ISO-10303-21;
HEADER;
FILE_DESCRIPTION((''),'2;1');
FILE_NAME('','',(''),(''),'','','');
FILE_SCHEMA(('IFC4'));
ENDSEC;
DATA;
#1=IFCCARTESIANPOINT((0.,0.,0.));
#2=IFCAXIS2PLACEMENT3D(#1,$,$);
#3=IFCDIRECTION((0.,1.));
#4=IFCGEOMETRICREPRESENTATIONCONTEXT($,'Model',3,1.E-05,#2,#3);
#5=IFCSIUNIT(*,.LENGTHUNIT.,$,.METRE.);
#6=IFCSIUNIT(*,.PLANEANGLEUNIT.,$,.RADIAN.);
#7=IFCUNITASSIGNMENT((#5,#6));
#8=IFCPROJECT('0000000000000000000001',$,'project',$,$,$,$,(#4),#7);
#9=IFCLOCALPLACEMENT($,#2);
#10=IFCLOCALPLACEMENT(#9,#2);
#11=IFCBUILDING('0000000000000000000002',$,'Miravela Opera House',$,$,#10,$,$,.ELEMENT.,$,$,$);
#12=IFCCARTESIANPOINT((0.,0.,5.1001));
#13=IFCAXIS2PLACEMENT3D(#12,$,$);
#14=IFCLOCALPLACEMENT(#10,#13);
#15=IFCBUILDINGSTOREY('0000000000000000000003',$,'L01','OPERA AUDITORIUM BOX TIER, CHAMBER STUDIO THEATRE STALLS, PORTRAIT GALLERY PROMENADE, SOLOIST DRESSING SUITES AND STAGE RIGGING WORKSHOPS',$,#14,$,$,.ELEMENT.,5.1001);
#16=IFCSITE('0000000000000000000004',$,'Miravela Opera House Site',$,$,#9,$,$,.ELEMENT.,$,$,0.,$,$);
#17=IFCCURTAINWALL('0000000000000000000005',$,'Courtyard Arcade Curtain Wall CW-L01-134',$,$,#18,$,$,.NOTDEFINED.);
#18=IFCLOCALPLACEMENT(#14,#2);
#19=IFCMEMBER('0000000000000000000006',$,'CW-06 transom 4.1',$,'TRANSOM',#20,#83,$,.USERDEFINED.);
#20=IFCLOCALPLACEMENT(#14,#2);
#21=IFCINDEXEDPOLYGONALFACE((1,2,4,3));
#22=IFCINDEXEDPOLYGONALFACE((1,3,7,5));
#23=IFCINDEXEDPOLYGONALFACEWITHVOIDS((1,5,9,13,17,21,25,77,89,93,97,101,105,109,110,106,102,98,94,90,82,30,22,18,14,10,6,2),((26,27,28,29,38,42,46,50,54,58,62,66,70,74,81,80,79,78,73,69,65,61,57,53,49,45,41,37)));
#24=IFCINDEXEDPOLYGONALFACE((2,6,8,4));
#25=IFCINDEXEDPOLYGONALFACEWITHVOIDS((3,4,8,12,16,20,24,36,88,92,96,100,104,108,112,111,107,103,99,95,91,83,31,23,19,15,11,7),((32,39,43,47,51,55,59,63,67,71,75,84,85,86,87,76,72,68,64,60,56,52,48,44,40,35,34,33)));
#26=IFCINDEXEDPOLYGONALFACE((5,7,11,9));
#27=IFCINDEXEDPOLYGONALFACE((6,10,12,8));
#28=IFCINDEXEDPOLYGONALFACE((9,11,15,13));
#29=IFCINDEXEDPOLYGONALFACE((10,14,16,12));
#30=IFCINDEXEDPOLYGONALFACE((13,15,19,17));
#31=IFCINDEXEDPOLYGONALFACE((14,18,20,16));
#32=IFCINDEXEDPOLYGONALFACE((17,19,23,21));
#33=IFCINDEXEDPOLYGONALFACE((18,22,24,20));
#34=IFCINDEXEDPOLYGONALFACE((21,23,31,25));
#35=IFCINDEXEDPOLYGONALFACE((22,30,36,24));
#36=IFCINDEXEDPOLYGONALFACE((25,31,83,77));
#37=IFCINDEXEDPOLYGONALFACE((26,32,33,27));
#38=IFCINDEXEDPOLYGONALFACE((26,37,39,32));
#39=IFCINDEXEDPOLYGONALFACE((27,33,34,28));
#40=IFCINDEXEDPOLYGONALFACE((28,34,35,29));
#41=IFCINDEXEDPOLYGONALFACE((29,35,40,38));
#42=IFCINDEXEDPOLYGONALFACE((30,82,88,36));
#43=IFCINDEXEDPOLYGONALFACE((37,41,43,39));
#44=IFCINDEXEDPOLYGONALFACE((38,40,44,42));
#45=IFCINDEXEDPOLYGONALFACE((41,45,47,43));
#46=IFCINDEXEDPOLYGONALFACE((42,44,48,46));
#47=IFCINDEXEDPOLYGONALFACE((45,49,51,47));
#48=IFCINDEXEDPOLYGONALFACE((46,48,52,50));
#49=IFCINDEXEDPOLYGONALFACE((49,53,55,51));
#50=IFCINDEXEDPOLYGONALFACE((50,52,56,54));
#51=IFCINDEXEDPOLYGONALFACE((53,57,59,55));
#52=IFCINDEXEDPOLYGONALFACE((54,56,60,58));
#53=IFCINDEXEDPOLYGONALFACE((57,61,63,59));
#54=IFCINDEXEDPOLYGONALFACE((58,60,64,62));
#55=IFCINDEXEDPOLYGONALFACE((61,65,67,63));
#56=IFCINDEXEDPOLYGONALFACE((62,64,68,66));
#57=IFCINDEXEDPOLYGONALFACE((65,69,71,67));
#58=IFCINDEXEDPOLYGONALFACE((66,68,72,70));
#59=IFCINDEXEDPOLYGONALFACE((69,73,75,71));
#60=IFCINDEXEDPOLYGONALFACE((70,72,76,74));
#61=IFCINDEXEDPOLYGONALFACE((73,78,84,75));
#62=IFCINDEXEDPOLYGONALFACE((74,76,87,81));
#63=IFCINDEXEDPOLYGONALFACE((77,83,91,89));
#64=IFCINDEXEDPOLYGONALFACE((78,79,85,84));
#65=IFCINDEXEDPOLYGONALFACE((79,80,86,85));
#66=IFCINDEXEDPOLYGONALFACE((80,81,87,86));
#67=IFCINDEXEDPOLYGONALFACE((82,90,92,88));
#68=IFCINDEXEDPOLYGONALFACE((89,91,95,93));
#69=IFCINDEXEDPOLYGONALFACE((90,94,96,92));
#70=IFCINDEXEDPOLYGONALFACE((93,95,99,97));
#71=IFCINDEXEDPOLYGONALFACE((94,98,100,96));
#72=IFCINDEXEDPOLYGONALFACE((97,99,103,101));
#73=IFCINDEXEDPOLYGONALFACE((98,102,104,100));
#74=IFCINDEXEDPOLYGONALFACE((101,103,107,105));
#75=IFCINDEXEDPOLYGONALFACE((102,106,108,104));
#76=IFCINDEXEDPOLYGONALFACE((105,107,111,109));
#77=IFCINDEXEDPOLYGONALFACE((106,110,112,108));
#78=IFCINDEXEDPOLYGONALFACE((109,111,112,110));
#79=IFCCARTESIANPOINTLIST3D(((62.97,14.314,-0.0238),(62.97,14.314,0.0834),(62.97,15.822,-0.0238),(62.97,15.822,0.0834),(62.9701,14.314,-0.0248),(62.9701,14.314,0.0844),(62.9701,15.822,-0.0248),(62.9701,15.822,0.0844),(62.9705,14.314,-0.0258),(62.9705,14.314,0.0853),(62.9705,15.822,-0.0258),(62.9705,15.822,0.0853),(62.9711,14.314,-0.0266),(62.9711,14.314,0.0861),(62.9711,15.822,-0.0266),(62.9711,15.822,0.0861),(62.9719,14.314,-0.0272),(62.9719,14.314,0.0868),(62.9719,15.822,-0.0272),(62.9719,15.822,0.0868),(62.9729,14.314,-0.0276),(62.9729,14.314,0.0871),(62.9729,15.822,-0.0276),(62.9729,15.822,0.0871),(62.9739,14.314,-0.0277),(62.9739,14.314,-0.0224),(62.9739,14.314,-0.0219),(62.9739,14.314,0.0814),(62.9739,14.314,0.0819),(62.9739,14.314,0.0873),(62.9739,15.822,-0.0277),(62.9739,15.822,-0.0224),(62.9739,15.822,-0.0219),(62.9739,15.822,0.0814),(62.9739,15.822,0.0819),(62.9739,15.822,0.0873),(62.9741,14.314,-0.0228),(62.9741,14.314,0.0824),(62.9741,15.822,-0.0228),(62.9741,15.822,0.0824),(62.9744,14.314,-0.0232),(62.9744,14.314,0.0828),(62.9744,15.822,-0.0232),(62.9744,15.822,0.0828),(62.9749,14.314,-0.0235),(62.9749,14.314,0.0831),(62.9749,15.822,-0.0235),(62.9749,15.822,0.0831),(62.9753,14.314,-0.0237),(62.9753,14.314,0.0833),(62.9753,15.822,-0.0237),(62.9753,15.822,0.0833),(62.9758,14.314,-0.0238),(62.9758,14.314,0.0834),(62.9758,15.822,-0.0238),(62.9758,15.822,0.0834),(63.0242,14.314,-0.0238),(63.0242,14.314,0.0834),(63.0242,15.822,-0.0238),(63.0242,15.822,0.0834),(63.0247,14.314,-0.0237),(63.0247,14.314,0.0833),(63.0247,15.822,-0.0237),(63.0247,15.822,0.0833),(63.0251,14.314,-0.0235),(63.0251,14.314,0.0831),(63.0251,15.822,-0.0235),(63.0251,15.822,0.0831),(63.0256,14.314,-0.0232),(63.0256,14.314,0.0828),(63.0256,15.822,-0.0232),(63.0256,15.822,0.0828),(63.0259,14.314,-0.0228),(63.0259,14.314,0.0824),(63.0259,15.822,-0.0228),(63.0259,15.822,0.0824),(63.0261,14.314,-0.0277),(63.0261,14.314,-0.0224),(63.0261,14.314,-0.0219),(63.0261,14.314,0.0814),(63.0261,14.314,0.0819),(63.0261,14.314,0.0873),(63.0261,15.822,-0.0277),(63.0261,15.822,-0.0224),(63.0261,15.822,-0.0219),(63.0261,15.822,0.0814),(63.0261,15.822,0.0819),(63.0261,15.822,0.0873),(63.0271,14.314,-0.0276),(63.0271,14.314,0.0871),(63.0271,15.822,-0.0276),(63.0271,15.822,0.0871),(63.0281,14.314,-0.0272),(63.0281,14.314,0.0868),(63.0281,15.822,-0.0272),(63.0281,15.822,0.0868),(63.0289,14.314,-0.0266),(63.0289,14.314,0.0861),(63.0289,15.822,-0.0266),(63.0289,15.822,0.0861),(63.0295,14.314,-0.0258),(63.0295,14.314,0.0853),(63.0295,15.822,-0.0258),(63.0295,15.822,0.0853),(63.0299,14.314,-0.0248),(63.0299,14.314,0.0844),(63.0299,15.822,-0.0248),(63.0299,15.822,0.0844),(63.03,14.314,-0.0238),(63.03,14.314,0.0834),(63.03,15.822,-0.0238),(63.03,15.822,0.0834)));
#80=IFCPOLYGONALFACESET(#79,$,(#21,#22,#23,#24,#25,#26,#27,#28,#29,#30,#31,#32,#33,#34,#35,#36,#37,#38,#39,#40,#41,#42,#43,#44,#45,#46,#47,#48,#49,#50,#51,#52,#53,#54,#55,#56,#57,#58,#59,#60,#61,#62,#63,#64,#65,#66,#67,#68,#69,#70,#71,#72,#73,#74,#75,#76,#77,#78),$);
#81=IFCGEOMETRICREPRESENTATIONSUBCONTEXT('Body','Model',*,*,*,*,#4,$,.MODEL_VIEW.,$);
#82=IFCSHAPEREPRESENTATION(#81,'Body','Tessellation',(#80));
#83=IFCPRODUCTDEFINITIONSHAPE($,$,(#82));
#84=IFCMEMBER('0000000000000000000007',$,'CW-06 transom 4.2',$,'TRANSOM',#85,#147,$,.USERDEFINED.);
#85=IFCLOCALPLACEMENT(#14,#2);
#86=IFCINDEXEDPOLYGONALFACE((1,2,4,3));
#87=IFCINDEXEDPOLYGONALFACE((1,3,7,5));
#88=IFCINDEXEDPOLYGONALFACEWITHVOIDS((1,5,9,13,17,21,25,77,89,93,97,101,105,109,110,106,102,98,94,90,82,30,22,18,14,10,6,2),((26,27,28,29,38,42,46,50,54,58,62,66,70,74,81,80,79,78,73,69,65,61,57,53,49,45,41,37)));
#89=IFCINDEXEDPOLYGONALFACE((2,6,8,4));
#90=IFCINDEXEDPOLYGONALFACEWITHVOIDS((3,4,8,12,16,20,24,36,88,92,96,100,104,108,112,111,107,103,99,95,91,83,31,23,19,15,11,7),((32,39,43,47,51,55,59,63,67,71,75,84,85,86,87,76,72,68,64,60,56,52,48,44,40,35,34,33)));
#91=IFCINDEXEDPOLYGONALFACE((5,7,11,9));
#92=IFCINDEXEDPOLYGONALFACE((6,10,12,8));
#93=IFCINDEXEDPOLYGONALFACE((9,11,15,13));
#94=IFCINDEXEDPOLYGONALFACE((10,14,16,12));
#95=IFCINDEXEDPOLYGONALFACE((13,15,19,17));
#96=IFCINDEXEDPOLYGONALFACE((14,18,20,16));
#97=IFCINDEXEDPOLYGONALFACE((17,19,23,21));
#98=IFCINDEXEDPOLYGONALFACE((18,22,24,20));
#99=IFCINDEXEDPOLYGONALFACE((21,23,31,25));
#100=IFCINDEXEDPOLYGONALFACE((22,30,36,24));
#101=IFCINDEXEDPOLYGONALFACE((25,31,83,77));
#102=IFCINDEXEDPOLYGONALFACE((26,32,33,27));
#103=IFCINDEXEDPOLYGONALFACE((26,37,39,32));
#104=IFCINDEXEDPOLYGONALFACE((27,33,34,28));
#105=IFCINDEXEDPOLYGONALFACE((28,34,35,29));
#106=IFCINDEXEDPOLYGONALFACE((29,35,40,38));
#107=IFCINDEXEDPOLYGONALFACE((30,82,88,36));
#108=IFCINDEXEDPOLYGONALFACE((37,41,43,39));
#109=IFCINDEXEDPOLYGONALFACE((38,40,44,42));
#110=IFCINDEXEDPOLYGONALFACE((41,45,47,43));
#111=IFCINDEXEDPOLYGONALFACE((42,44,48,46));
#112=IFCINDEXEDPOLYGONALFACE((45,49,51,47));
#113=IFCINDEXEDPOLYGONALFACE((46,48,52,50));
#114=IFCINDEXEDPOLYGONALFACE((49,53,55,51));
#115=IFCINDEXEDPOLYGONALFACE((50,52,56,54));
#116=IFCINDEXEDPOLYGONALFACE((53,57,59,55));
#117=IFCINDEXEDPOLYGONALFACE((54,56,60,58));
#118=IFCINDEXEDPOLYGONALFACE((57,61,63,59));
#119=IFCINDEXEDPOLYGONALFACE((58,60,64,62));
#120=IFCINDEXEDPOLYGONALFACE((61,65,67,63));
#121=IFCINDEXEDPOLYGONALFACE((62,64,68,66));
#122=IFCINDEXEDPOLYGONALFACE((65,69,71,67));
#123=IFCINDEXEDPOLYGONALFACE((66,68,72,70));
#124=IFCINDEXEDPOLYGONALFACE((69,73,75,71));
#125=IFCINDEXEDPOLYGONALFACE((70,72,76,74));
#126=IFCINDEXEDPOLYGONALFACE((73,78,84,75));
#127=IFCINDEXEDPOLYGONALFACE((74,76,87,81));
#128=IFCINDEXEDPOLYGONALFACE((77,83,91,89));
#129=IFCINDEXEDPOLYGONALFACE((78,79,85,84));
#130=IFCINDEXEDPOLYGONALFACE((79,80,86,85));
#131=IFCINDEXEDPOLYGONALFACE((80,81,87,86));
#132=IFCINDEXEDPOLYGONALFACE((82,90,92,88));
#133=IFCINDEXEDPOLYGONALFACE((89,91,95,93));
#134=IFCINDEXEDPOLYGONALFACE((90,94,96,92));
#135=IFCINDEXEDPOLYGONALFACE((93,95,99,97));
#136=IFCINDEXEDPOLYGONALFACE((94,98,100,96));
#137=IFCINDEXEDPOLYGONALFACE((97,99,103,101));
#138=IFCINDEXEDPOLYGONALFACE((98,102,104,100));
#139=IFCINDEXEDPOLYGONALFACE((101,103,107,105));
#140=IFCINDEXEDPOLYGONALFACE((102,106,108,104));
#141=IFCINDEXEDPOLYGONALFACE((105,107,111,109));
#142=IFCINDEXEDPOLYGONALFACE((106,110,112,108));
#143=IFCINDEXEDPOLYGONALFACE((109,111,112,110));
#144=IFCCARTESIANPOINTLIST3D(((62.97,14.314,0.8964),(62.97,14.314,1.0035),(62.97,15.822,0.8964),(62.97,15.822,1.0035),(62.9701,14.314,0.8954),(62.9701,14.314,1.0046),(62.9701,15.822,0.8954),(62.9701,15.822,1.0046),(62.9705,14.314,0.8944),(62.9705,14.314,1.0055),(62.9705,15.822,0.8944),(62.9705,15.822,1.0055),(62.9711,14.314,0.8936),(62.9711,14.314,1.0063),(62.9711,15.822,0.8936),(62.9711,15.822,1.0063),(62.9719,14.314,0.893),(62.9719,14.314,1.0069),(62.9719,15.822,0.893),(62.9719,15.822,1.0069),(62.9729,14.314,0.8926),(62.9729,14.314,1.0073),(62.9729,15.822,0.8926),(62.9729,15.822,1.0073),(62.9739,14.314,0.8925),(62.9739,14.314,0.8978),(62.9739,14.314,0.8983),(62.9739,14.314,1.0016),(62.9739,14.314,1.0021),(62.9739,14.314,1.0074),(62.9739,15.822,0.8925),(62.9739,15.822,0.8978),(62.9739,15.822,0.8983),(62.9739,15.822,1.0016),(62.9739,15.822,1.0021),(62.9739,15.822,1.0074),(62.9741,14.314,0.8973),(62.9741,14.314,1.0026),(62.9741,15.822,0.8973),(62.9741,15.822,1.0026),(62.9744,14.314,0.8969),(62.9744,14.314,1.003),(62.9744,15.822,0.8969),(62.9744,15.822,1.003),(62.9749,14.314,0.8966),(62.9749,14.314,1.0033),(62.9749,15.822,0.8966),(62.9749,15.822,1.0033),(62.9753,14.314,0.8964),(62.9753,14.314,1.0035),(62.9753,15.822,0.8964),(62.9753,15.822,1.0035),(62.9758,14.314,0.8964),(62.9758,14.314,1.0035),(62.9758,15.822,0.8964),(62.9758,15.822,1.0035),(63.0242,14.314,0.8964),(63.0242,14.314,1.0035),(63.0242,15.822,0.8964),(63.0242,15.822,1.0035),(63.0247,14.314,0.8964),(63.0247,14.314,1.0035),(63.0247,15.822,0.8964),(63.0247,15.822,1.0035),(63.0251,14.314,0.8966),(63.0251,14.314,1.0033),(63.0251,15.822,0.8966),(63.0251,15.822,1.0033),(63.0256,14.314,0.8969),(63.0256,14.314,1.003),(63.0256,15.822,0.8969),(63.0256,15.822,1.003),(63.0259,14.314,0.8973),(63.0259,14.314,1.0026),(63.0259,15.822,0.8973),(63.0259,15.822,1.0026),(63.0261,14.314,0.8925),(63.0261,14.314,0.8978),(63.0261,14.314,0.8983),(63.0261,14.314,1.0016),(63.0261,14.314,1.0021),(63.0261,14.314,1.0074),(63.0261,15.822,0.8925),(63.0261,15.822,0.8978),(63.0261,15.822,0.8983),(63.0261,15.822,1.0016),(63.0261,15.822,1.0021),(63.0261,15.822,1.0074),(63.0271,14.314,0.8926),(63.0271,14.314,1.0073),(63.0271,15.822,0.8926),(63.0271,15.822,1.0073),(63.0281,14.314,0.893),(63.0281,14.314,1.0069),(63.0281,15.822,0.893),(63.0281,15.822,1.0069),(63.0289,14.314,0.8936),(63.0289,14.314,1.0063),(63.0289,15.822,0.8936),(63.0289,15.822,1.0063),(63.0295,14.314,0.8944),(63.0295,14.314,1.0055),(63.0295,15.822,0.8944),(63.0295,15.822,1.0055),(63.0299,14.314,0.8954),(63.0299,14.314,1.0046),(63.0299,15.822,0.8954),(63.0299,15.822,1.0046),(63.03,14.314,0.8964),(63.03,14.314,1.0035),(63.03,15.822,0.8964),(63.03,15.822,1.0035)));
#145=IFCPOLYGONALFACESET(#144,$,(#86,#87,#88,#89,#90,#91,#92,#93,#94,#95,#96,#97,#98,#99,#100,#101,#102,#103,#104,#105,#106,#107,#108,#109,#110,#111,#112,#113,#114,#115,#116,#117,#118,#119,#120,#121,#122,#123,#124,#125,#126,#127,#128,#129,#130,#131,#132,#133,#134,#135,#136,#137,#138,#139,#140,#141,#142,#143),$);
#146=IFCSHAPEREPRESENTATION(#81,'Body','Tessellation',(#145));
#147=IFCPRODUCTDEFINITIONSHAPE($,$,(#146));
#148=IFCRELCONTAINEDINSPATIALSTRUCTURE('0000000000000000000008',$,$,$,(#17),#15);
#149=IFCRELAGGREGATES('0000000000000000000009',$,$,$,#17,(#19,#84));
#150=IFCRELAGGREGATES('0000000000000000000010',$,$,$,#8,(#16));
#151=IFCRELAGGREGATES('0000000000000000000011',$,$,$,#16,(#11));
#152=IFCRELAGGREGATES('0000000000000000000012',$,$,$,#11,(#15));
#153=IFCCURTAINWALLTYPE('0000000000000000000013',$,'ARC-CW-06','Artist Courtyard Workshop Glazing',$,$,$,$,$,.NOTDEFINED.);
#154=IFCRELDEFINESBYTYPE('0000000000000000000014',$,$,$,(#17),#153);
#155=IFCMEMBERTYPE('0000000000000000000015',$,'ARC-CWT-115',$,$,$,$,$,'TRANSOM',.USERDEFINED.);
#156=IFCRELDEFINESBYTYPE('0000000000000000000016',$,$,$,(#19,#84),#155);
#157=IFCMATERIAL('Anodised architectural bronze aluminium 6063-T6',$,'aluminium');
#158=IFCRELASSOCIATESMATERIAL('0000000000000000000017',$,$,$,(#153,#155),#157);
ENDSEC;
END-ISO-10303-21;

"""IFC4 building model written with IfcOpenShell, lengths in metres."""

from ifc_helpers import new_model, si_unit, direction, frame, origin, origin_2d, place, context, subcontext, project, spatial, hollow_rectangle, extrude, material, material_profile, profile_set, type_object, element, aggregate, save


model = new_model("IFC4")

# Units and contexts
model_context = context("Model", 3, precision=1e-05, world=origin(), true_north=direction((0.0, 1.0)))
body_context = subcontext(model_context, "Body", "Model", "MODEL_VIEW")
ifc_project = project(units=[si_unit("LENGTHUNIT", "METRE"), si_unit("PLANEANGLEUNIT", "RADIAN")], contexts=[model_context])

# Site, building, storey
site_placement = place(None, origin())
site = spatial("IfcSite", under=ifc_project, at=site_placement, Name="Miravela Opera House Site", CompositionType="ELEMENT", RefElevation=0.0)
building_placement = place(site_placement, origin())
building = spatial("IfcBuilding", under=site, at=building_placement, Name="Miravela Opera House", CompositionType="ELEMENT")
storey_placement = place(building_placement, frame((0.0, 0.0, 5.1001)))
storey = spatial("IfcBuildingStorey", under=building, at=storey_placement, Name="L01", Description="OPERA AUDITORIUM BOX TIER, CHAMBER STUDIO THEATRE STALLS, PORTRAIT GALLERY PROMENADE, SOLOIST DRESSING SUITES AND STAGE RIGGING WORKSHOPS", CompositionType="ELEMENT", Elevation=5.1001)

# Curtain wall, members
ifc_material_1 = material(Name="Anodised architectural bronze aluminium 6063-T6", Category="aluminium")
curtain_wall_type = type_object("IfcCurtainWallType", Name="ARC-CW-06", Description="Artist Courtyard Workshop Glazing", PredefinedType="NOTDEFINED", material=ifc_material_1)
curtain_wall_placement = place(storey_placement, origin())
curtain_wall = element("IfcCurtainWall", 1, at=curtain_wall_placement, inside=storey, type_object=curtain_wall_type, Name="Courtyard Arcade Curtain Wall CW-L01-134", PredefinedType="NOTDEFINED")
ifc_material_profile_1 = material_profile(ifc_material_1, hollow_rectangle(XDim=0.0601, YDim=0.115, WallThickness=0.0039, InnerFilletRadius=0.002, OuterFilletRadius=0.0039, at=origin_2d()), Name="CWT-60X115")
ifc_profile_set_1 = profile_set([ifc_material_profile_1])
member_type_1 = type_object("IfcMemberType", Name="ARC-CWT-115", ElementType="TRANSOM", PredefinedType="USERDEFINED", material=ifc_profile_set_1)
member_1_placement = place(storey_placement, frame((63.0, 14.314, 0.0298), z_axis=(0.0, 1.0, 0.0), x_axis=(-1.0, 0.0, 0.0)))
member_1 = element("IfcMember", 2, at=member_1_placement, type_object=member_type_1, Name="CW-06 transom 4.1", ObjectType="TRANSOM", PredefinedType="USERDEFINED", context=body_context, shape_type="SweptSolid", body=[
    extrude(hollow_rectangle(XDim=0.0601, YDim=0.115, WallThickness=0.0039, InnerFilletRadius=0.002, OuterFilletRadius=0.0039, at=origin_2d()), origin(), (0.0, 0.0, 1.0), 1.5081),
])
member_2_placement = place(storey_placement, frame((63.0, 14.314, 0.95), z_axis=(0.0, 1.0, 0.0), x_axis=(-1.0, 0.0, 0.0)))
member_2 = element("IfcMember", 3, at=member_2_placement, type_object=member_type_1, Name="CW-06 transom 4.2", ObjectType="TRANSOM", PredefinedType="USERDEFINED", context=body_context, shape_type="SweptSolid", body=[
    extrude(hollow_rectangle(XDim=0.0601, YDim=0.115, WallThickness=0.0039, InnerFilletRadius=0.002, OuterFilletRadius=0.0039, at=origin_2d()), origin(), (0.0, 0.0, 1.0), 1.5081),
])

aggregate(curtain_wall, [member_1, member_2])

save(model, "model.ifc")
